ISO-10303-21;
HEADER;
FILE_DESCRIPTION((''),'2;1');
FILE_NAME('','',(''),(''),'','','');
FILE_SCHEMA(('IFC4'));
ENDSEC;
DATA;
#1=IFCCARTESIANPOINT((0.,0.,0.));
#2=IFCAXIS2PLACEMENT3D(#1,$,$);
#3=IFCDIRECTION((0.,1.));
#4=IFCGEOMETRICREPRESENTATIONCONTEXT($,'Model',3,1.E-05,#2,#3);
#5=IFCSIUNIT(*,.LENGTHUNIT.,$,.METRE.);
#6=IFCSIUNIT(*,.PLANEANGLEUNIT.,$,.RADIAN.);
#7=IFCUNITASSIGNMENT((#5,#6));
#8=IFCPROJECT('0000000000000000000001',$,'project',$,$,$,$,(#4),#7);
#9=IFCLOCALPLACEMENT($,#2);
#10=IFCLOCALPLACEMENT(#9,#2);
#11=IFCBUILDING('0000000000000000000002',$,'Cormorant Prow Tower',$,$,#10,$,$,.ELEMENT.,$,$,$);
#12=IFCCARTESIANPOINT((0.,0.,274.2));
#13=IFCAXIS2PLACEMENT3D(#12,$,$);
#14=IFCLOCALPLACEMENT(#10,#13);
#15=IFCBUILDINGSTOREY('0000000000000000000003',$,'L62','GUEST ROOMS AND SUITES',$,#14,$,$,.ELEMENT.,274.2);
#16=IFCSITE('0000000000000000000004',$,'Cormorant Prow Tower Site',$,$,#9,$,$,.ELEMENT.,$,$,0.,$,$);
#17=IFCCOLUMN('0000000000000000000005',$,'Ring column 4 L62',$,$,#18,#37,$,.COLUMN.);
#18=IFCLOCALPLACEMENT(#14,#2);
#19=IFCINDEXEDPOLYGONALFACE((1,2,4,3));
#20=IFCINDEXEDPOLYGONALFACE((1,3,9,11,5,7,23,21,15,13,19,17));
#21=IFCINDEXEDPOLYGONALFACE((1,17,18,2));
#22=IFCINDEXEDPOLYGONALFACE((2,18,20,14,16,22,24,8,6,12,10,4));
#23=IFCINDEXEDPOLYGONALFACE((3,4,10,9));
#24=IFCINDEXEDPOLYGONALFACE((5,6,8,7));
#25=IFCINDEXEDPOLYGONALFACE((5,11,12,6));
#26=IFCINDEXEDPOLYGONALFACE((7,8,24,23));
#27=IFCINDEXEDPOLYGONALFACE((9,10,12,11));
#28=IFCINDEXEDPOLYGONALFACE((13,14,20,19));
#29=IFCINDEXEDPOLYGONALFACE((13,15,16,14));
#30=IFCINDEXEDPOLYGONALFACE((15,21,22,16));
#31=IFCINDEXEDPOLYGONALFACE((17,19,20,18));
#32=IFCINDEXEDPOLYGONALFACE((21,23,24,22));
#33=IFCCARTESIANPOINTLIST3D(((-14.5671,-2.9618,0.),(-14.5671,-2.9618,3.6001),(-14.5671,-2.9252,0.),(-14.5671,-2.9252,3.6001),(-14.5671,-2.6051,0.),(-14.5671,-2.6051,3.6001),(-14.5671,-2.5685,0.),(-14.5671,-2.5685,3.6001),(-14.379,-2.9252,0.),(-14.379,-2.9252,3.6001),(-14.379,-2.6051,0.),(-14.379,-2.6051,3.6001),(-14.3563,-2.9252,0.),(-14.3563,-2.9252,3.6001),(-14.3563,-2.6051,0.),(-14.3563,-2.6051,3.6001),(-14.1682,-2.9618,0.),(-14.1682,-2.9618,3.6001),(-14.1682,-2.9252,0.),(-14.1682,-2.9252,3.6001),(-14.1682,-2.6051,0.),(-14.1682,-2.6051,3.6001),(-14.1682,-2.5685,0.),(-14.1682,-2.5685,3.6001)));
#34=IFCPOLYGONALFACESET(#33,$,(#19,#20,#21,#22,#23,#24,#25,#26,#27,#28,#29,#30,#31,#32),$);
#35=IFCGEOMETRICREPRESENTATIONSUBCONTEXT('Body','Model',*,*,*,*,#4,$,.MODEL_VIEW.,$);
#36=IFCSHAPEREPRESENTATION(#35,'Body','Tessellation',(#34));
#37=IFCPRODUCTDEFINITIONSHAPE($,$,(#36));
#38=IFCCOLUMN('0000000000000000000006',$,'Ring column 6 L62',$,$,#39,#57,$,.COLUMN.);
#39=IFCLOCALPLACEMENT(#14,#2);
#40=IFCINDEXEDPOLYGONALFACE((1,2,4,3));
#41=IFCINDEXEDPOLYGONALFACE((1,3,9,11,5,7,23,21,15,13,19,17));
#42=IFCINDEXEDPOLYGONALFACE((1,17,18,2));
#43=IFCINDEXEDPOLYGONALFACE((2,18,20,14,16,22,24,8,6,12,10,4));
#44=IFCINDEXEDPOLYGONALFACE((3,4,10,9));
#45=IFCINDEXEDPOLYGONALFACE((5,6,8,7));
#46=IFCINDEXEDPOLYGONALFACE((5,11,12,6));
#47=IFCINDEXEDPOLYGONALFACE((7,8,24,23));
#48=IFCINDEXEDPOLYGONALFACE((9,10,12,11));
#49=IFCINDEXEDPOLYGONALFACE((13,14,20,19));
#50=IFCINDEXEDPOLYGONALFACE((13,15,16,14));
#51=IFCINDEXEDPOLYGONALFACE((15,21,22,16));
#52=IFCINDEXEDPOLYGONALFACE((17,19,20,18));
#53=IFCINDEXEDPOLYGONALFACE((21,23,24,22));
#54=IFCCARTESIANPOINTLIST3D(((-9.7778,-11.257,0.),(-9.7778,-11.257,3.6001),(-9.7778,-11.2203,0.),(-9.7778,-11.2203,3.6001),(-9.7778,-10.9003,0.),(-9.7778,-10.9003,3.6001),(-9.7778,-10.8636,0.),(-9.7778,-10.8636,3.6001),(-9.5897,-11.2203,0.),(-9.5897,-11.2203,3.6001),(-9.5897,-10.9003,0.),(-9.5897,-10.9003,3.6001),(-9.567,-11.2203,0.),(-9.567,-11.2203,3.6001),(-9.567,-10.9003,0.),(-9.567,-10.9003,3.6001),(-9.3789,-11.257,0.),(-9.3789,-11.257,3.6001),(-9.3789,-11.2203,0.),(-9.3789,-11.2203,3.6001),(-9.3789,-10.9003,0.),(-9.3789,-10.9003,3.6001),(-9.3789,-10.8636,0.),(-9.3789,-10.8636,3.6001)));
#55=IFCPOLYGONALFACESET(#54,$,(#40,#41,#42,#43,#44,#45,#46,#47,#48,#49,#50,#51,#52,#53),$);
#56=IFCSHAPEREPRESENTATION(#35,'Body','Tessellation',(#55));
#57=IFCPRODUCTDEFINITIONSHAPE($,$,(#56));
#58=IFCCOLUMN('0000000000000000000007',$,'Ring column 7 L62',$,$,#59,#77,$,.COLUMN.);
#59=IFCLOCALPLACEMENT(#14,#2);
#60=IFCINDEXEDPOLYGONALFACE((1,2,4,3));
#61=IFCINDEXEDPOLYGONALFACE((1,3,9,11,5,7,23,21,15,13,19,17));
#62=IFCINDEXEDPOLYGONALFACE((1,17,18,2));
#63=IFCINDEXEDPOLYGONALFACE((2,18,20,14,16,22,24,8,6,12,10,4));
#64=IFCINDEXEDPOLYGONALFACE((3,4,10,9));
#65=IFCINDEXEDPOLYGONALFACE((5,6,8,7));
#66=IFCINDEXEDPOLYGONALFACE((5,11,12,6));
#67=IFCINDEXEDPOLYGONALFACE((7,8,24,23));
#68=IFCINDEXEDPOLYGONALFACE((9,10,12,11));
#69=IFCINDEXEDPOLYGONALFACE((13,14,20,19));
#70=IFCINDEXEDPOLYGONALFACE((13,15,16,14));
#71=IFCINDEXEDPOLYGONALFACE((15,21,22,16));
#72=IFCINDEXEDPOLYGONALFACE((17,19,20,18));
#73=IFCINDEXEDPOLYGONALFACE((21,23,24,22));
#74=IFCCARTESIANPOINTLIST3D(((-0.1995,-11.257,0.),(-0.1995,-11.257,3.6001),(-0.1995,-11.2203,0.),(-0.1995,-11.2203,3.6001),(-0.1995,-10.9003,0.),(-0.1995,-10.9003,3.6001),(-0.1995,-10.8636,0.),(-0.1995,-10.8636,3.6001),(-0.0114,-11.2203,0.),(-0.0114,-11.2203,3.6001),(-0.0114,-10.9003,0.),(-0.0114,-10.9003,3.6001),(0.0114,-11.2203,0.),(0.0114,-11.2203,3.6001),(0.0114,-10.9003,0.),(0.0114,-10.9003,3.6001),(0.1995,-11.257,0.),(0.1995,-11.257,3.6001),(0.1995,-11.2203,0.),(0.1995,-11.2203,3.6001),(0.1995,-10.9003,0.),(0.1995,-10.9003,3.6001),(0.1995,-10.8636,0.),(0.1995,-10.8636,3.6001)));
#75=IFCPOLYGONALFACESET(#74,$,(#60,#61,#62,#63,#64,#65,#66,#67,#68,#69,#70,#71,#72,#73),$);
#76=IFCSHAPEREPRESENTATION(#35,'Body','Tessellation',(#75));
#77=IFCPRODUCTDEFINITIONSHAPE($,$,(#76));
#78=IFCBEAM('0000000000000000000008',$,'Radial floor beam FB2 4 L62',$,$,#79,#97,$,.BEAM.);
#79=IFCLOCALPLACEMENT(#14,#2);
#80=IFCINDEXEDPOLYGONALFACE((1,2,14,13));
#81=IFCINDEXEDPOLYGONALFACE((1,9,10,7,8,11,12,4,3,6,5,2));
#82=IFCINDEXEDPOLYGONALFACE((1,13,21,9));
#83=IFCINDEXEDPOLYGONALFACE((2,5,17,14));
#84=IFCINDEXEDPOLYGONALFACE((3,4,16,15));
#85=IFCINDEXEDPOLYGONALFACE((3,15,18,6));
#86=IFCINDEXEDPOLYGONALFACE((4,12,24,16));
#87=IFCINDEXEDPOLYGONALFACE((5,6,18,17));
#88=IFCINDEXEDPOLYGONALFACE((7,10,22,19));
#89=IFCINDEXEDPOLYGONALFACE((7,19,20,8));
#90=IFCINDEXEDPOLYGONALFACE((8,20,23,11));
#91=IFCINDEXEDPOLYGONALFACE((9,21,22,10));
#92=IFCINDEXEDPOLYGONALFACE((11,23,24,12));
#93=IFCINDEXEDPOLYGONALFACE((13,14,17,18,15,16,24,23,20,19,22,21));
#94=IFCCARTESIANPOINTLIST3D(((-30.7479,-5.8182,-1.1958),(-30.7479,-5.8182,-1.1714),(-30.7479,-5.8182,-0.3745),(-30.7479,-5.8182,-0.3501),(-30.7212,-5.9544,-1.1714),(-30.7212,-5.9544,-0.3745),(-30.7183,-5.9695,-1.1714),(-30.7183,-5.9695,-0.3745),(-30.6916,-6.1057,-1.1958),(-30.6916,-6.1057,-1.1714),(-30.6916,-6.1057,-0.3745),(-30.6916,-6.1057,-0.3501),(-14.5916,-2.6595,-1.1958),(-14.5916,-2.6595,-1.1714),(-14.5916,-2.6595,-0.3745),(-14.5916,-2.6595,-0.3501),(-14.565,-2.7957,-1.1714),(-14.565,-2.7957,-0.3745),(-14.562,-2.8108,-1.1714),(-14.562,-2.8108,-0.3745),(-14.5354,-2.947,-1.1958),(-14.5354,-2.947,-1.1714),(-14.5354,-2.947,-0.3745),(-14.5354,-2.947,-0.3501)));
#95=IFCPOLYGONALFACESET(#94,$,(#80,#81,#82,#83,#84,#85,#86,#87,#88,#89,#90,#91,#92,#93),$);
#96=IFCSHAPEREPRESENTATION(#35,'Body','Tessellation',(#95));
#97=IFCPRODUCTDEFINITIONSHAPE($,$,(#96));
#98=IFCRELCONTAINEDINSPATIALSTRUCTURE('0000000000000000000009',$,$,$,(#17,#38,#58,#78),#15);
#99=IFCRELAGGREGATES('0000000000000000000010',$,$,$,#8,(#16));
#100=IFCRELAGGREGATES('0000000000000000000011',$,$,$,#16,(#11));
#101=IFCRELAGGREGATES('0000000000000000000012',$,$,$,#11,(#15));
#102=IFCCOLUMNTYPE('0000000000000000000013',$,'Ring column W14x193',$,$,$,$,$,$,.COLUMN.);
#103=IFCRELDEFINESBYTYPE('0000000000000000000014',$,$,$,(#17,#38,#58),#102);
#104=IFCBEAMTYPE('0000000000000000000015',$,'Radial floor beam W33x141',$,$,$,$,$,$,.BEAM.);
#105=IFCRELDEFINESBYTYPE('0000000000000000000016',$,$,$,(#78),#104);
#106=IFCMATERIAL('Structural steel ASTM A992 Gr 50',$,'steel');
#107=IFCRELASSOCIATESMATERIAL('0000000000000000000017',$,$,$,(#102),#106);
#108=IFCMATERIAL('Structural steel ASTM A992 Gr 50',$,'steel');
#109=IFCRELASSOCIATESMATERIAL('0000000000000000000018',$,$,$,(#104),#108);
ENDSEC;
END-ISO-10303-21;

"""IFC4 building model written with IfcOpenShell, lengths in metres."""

from ifc_helpers import new_model, si_unit, direction, frame, origin, origin_2d, place, context, subcontext, project, spatial, i_section, extrude, material, material_profile, profile_set, type_object, element, save


model = new_model("IFC4")

# Units and contexts
model_context = context("Model", 3, precision=1e-05, world=origin(), true_north=direction((0.0, 1.0)))
body_context = subcontext(model_context, "Body", "Model", "MODEL_VIEW")
ifc_project = project(units=[si_unit("LENGTHUNIT", "METRE"), si_unit("PLANEANGLEUNIT", "RADIAN")], contexts=[model_context])

# Site, building, storey
site_placement = place(None, origin())
site = spatial("IfcSite", under=ifc_project, at=site_placement, Name="Cormorant Prow Tower Site", CompositionType="ELEMENT", RefElevation=0.0)
building_placement = place(site_placement, origin())
building = spatial("IfcBuilding", under=site, at=building_placement, Name="Cormorant Prow Tower", CompositionType="ELEMENT")
storey_placement = place(building_placement, frame((0.0, 0.0, 274.2)))
storey = spatial("IfcBuildingStorey", under=building, at=storey_placement, Name="L62", Description="GUEST ROOMS AND SUITES", CompositionType="ELEMENT", Elevation=274.2)

# Columns
ifc_material_1 = material(Name="Structural steel ASTM A992 Gr 50", Category="steel")
ifc_material_profile_1 = material_profile(ifc_material_1, i_section(OverallWidth=0.3989, OverallDepth=0.3933, WebThickness=0.0227, FlangeThickness=0.0366, at=origin_2d()), Name="W14x193")
ifc_profile_set_1 = profile_set([ifc_material_profile_1], Name="Structural steel ASTM A992 Gr 50")
column_type = type_object("IfcColumnType", Name="Ring column W14x193", PredefinedType="COLUMN", material=ifc_profile_set_1)
for number, where, z_axis, x_axis, name in (
    (1, (-14.3677, -2.7651, 0.0), (0.0, 0.0, 1.0), (1.0, 0.0, 0.0), "Ring column 4 L62"),
    (2, (-9.5784, -11.0603, 0.0), (0.0, 0.0, 1.0), (1.0, 0.0, 0.0), "Ring column 6 L62"),
    (3, (0.0, -11.0603, 0.0), (0.0, 0.0, 1.0), (1.0, 0.0, 0.0), "Ring column 7 L62"),
):
    element("IfcColumn", number, at=place(storey_placement, frame(where, z_axis=z_axis, x_axis=x_axis)), inside=storey, type_object=column_type, Name=name, PredefinedType="COLUMN", context=body_context, shape_type="SweptSolid", body=[
        extrude(i_section(OverallWidth=0.3989, OverallDepth=0.3933, WebThickness=0.0227, FlangeThickness=0.0366, at=origin_2d()), origin(), (0.0, 0.0, 1.0), 3.6001),
    ])

# Beam
ifc_material_2 = material(Name="Structural steel ASTM A992 Gr 50", Category="steel")
ifc_material_profile_2 = material_profile(ifc_material_2, i_section(OverallWidth=0.293, OverallDepth=0.8457, WebThickness=0.0154, FlangeThickness=0.0244, at=origin_2d()), Name="W33x141")
ifc_profile_set_2 = profile_set([ifc_material_profile_2], Name="Structural steel ASTM A992 Gr 50")
beam_type = type_object("IfcBeamType", Name="Radial floor beam W33x141", PredefinedType="BEAM", material=ifc_profile_set_2)
beam_placement = place(storey_placement, frame((-14.5635, -2.8032, -0.7729), z_axis=(-0.981419, -0.191876, 0.0), x_axis=(0.191876, -0.981419, 0.0)))
element("IfcBeam", 4, at=beam_placement, inside=storey, type_object=beam_type, Name="Radial floor beam FB2 4 L62", PredefinedType="BEAM", context=body_context, shape_type="SweptSolid", body=[
    extrude(i_section(OverallWidth=0.293, OverallDepth=0.8457, WebThickness=0.0154, FlangeThickness=0.0244, at=origin_2d()), origin(), (0.0, 0.0, 1.0), 16.4622),
])

save(model, "model.ifc")
